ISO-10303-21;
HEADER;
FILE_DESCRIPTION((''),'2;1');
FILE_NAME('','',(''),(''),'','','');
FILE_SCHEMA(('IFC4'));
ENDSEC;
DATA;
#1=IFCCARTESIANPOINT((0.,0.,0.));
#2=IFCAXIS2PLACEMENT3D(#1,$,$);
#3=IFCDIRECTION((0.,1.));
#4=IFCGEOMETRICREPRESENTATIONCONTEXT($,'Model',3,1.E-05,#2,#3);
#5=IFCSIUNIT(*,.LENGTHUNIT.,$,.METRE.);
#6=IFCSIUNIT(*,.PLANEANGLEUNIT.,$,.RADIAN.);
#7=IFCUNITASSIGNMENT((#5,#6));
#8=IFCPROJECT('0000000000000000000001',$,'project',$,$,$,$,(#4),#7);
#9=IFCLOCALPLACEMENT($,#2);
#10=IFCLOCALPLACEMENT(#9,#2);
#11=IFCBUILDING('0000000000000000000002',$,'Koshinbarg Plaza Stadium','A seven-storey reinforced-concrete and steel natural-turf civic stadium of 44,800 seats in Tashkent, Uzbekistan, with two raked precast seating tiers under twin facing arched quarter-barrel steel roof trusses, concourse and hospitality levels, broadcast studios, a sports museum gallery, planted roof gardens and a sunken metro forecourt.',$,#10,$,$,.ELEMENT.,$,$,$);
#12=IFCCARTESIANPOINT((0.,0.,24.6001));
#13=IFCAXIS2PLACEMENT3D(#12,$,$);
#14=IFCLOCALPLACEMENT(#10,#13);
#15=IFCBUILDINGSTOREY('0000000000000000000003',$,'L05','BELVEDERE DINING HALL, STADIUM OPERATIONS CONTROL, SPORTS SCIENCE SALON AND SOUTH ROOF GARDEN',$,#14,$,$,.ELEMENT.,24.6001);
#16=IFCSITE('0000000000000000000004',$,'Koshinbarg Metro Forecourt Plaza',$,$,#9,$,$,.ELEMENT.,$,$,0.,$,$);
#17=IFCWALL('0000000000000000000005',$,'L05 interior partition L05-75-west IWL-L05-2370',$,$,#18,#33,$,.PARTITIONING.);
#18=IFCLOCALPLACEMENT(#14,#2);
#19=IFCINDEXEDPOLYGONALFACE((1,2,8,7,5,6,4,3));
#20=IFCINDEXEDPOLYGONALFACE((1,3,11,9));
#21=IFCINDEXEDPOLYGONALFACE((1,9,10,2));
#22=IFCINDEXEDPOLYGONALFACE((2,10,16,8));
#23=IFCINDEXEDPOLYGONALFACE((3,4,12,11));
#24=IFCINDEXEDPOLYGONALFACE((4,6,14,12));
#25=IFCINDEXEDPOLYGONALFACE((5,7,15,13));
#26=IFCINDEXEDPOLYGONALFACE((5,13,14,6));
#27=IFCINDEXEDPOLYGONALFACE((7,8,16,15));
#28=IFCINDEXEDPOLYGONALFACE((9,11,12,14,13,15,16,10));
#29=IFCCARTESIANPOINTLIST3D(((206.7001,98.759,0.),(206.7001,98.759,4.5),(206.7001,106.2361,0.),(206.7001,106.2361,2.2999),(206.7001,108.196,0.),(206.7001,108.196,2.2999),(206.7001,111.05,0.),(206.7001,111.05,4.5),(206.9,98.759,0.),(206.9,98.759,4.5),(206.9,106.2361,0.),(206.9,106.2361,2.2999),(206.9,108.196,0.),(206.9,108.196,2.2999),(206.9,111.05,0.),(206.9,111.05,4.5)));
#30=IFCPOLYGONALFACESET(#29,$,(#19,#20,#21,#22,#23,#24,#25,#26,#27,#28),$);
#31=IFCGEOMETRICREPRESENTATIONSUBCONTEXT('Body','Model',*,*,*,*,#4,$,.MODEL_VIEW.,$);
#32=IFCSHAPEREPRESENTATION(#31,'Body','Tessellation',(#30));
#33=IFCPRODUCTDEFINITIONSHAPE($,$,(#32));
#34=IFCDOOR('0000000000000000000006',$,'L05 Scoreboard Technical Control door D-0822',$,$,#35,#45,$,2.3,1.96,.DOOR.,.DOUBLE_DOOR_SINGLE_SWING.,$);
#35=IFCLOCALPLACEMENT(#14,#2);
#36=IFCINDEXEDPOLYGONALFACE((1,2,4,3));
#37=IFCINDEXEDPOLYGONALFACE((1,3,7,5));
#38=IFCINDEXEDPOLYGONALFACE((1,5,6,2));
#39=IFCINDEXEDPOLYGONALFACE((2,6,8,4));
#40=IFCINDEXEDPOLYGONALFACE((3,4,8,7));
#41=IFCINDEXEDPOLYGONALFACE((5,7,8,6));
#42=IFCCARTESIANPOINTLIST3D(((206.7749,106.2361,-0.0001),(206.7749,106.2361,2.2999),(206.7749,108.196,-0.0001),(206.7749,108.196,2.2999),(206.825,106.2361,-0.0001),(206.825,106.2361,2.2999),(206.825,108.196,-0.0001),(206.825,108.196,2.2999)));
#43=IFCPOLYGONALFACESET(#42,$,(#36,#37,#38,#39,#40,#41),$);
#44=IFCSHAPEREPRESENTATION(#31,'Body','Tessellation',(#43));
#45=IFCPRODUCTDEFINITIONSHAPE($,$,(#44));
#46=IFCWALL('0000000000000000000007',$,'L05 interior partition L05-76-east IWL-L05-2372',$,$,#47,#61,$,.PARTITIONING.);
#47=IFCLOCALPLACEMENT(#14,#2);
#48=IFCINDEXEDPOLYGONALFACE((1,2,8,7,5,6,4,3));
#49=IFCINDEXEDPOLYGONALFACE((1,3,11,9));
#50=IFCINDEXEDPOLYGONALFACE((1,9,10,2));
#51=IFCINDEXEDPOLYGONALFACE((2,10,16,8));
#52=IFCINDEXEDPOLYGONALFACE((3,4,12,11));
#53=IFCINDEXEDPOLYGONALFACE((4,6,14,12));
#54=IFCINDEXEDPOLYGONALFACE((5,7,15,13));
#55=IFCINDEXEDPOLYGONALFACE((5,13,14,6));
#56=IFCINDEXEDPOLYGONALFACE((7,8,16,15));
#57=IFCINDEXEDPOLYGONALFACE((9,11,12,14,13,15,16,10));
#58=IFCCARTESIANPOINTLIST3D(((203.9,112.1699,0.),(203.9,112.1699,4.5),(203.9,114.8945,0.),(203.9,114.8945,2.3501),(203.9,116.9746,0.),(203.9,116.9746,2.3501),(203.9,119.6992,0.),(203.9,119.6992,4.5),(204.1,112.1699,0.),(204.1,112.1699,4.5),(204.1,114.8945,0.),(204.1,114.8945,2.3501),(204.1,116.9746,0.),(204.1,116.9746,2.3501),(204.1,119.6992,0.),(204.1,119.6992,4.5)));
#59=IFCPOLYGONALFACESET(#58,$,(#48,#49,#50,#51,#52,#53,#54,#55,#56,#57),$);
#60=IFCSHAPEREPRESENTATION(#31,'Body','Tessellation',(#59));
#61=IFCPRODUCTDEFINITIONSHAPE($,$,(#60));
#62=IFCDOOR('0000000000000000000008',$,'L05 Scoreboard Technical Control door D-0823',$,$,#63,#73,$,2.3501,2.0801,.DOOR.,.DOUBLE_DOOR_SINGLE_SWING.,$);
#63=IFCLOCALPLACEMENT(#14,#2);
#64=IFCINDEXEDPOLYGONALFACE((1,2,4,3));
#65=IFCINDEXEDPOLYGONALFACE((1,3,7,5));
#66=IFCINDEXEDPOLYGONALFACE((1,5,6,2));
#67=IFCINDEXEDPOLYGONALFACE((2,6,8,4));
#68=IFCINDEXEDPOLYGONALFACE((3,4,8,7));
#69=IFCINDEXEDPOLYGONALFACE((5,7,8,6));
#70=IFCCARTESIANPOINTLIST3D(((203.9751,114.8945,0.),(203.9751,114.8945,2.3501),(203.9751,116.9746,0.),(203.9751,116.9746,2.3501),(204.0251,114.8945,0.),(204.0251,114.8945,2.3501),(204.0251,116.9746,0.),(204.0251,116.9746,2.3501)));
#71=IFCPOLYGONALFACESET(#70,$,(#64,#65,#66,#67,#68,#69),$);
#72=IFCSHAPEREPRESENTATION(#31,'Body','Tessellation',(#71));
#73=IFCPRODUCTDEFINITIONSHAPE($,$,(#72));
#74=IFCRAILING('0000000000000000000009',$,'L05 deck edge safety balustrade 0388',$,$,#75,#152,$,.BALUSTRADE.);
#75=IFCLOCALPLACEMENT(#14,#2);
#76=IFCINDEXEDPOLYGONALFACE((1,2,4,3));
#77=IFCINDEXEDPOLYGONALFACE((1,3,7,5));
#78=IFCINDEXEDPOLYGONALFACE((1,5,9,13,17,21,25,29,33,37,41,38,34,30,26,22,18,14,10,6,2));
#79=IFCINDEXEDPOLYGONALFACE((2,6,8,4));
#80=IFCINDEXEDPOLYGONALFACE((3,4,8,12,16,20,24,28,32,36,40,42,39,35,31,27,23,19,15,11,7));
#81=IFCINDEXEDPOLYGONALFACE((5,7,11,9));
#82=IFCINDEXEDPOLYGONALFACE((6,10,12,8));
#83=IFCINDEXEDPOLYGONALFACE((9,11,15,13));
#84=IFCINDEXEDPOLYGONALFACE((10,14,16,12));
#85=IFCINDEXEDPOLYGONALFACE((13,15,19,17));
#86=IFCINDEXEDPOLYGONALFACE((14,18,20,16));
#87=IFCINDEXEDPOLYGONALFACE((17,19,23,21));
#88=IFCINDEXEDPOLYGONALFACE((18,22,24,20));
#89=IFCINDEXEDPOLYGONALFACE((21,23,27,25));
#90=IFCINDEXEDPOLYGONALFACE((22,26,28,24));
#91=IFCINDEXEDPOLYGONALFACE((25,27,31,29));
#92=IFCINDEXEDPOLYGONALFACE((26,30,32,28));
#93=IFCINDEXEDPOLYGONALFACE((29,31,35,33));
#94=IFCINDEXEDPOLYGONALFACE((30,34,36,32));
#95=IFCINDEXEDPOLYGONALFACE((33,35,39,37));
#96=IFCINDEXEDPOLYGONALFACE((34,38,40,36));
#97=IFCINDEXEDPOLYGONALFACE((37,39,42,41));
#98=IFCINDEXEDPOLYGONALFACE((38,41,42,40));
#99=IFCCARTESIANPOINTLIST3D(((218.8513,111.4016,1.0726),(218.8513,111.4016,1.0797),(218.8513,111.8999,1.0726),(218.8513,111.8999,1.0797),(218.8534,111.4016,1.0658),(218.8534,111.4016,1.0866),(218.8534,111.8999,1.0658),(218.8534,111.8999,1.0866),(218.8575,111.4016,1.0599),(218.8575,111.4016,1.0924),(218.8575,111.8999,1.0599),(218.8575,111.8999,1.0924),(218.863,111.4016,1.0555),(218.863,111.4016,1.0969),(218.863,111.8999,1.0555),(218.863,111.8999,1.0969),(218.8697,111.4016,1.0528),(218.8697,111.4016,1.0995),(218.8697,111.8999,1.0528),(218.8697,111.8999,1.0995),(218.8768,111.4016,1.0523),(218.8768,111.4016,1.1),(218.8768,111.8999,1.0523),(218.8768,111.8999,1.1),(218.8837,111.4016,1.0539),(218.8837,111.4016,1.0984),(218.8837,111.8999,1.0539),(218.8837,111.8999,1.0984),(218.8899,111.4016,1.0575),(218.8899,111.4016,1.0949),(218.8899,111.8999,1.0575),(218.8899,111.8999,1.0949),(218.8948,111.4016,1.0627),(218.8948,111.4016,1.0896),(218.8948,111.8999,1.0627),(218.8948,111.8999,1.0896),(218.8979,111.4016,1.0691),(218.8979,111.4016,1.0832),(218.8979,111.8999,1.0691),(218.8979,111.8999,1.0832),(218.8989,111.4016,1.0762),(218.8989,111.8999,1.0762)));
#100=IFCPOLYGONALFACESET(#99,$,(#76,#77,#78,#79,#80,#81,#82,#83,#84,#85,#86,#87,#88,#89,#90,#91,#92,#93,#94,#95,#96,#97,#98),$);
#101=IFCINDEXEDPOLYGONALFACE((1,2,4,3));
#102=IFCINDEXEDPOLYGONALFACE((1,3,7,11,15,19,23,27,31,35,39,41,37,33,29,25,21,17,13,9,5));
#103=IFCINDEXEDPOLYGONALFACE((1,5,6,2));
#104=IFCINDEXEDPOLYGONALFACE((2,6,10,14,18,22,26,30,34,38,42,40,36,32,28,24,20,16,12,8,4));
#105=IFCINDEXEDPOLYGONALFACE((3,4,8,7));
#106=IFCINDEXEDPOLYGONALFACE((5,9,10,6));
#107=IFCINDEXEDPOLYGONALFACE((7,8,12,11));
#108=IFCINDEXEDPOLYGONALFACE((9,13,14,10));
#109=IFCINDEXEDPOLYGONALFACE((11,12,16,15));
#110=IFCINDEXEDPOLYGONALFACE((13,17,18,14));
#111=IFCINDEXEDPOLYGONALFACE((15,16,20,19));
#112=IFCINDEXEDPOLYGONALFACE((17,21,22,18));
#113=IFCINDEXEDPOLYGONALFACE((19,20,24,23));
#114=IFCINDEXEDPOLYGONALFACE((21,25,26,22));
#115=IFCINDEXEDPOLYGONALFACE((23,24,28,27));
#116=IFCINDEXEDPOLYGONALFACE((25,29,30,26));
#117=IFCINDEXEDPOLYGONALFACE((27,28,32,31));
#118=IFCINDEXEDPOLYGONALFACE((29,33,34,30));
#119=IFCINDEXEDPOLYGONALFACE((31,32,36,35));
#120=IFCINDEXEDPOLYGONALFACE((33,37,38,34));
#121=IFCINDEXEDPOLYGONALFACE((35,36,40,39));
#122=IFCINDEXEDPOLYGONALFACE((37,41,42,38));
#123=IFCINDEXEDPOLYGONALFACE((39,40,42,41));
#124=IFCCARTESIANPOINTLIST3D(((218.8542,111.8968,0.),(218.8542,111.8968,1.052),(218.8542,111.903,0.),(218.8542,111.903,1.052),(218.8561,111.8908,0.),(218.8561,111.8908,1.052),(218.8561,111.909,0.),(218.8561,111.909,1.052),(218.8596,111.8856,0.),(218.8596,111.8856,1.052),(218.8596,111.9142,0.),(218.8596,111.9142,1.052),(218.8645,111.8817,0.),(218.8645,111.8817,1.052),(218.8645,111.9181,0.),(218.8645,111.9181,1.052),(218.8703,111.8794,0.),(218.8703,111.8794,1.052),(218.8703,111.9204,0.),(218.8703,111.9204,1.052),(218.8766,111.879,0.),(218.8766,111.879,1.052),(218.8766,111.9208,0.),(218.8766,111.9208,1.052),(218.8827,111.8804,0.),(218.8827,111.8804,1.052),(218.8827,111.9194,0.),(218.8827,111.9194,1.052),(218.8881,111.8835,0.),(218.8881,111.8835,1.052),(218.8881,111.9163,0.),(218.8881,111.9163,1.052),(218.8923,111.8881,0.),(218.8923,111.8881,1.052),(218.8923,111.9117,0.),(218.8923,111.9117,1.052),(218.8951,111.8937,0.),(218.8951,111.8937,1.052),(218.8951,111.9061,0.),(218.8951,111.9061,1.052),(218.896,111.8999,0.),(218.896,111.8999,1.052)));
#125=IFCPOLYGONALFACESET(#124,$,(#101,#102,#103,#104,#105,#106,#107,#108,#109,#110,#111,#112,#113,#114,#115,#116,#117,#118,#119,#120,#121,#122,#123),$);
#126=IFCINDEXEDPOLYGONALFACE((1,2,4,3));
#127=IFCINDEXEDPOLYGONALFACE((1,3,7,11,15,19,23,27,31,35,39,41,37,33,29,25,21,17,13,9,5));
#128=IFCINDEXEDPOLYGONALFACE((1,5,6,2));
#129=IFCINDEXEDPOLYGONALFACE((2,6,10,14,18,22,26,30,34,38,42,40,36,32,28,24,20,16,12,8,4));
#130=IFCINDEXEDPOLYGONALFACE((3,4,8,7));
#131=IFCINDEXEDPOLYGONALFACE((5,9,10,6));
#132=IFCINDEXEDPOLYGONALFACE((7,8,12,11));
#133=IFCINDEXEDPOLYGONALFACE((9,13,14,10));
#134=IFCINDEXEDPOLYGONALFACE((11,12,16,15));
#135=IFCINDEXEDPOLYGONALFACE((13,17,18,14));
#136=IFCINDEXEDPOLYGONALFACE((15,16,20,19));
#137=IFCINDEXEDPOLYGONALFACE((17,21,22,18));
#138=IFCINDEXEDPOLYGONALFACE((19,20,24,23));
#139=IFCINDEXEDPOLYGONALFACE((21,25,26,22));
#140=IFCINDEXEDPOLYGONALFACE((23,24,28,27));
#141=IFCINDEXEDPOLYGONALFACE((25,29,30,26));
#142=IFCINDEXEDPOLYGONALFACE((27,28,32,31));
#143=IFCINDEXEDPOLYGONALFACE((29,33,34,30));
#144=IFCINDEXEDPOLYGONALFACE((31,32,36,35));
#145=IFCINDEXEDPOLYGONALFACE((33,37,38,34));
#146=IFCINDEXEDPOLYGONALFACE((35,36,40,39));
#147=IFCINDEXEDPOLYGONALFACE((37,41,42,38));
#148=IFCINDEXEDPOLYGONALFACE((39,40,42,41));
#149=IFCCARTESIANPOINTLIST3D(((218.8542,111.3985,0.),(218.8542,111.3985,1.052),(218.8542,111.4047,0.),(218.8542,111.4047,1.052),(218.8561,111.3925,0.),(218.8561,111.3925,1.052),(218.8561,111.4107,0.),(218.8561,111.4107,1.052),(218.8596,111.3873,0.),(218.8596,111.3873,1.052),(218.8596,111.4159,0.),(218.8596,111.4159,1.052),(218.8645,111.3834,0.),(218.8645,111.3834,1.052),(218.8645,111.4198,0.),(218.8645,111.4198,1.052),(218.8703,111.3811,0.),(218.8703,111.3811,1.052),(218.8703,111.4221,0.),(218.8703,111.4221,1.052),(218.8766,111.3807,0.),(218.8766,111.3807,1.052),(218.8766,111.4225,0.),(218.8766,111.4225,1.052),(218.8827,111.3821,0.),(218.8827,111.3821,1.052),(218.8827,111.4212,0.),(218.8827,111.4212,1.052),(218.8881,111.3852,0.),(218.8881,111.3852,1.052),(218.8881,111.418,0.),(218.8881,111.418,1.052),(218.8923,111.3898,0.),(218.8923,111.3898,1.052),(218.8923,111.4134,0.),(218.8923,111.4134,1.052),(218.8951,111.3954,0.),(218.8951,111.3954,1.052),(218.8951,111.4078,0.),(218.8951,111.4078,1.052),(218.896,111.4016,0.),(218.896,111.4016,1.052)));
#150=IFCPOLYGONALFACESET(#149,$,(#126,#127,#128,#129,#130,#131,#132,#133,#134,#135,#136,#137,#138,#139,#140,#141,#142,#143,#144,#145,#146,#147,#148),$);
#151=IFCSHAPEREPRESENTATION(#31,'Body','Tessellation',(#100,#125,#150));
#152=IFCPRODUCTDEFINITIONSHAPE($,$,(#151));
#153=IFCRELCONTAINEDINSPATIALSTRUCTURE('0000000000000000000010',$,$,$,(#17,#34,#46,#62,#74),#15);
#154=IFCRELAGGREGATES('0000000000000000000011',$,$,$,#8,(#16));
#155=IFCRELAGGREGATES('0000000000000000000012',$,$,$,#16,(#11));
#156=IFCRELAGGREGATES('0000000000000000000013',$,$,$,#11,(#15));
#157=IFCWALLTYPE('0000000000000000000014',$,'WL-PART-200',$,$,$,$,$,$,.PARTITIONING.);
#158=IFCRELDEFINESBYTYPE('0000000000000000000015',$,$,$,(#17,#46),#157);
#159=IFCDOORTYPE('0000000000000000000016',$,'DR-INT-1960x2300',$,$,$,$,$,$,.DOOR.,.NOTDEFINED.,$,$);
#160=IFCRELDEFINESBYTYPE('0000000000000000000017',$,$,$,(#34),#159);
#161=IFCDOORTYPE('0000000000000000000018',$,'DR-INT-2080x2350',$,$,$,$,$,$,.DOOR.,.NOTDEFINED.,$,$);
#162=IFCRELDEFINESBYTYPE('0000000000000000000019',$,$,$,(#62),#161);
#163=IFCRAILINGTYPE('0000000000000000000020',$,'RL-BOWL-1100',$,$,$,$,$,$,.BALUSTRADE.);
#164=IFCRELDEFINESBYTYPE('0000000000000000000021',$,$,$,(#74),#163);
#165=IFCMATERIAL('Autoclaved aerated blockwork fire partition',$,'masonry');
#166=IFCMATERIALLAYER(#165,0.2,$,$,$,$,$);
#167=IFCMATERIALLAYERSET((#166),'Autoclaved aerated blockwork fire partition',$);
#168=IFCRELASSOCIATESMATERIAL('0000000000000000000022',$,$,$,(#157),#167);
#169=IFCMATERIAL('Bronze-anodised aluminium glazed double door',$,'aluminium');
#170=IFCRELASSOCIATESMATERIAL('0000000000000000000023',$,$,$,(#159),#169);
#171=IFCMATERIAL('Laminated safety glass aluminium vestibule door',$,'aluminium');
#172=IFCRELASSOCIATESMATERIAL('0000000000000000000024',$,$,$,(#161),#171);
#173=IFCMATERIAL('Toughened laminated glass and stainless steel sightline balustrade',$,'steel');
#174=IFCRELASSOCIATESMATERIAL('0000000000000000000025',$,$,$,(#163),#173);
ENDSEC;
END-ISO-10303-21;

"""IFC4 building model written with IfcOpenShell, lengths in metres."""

from ifc_helpers import new_model, si_unit, direction, frame, frame_2d, origin, origin_2d, place, context, subcontext, project, spatial, rectangle, circle, extrude, material, layer, layer_set, type_object, element, fill, save


model = new_model("IFC4")

# Units and contexts
model_context = context("Model", 3, precision=1e-05, world=origin(), true_north=direction((0.0, 1.0)))
body_context = subcontext(model_context, "Body", "Model", "MODEL_VIEW")
ifc_project = project(units=[si_unit("LENGTHUNIT", "METRE"), si_unit("PLANEANGLEUNIT", "RADIAN")], contexts=[model_context])

# Site, building, storey
site_placement = place(None, origin())
site = spatial("IfcSite", under=ifc_project, at=site_placement, Name="Koshinbarg Metro Forecourt Plaza", CompositionType="ELEMENT", RefElevation=0.0)
building_placement = place(site_placement, origin())
building = spatial("IfcBuilding", under=site, at=building_placement, Name="Koshinbarg Plaza Stadium", Description="A seven-storey reinforced-concrete and steel natural-turf civic stadium of 44,800 seats in Tashkent, Uzbekistan, with two raked precast seating tiers under twin facing arched quarter-barrel steel roof trusses, concourse and hospitality levels, broadcast studios, a sports museum gallery, planted roof gardens and a sunken metro forecourt.", CompositionType="ELEMENT")
storey_placement = place(building_placement, frame((0.0, 0.0, 24.6001)))
storey = spatial("IfcBuildingStorey", under=building, at=storey_placement, Name="L05", Description="BELVEDERE DINING HALL, STADIUM OPERATIONS CONTROL, SPORTS SCIENCE SALON AND SOUTH ROOF GARDEN", CompositionType="ELEMENT", Elevation=24.6001)

# Shared definitions
ifc_material_1 = material(Name="Autoclaved aerated blockwork fire partition", Category="masonry")
ifc_layer_1 = layer(ifc_material_1, 0.2)
ifc_layer_set_1 = layer_set([ifc_layer_1], Name="Autoclaved aerated blockwork fire partition")
wall_type_1 = type_object("IfcWallType", Name="WL-PART-200", PredefinedType="PARTITIONING", material=ifc_layer_set_1)

# Walls, openings, doors
wall_1_placement = place(storey_placement, frame((206.8, 111.05, 0.0), z_axis=(0.0, 0.0, 1.0), x_axis=(0.0, -1.0, 0.0)))
wall_1 = element("IfcWall", 1, at=wall_1_placement, inside=storey, type_object=wall_type_1, Name="L05 interior partition L05-75-west IWL-L05-2370", PredefinedType="PARTITIONING", context=body_context, shape_type="SweptSolid", body=[
    extrude(rectangle(XDim=12.291, YDim=0.2, at=frame_2d((6.1455, 0.0))), origin(), (0.0, 0.0, 1.0), 4.5),
])
opening_1_placement = place(wall_1_placement, frame((2.854, 0.0, 0.0)))
opening_1 = element("IfcOpeningElement", 2, at=opening_1_placement, cuts=wall_1, PredefinedType="OPENING", context=body_context, shape_type="SweptSolid", body=[
    extrude(rectangle(XDim=1.96, YDim=2.3, at=frame_2d((0.98, 1.1499))), frame((0.0, 0.1099, 0.0), z_axis=(0.0, -1.0, 0.0), x_axis=(1.0, 0.0, 0.0)), (0.0, 0.0, 1.0), 0.22),
])
ifc_material_2 = material(Name="Bronze-anodised aluminium glazed double door", Category="aluminium")
door_type_1 = type_object("IfcDoorType", Name="DR-INT-1960x2300", OperationType="NOTDEFINED", PredefinedType="DOOR", material=ifc_material_2)
door_1_placement = place(opening_1_placement, origin())
door_1 = element("IfcDoor", 3, at=door_1_placement, inside=storey, type_object=door_type_1, Name="L05 Scoreboard Technical Control door D-0822", OperationType="DOUBLE_DOOR_SINGLE_SWING", OverallHeight=2.3, OverallWidth=1.96, PredefinedType="DOOR", context=body_context, shape_type="SweptSolid", body=[
    extrude(rectangle(XDim=1.96, YDim=2.3, at=frame_2d((0.98, 1.1499))), frame((0.0, 0.0249, 0.0), z_axis=(0.0, -1.0, 0.0), x_axis=(1.0, 0.0, 0.0)), (0.0, 0.0, 1.0), 0.05),
])
fill(opening_1, door_1)
wall_2_placement = place(storey_placement, frame((204.0, 112.1699, 0.0), z_axis=(0.0, 0.0, 1.0), x_axis=(0.0, 1.0, 0.0)))
wall_2 = element("IfcWall", 4, at=wall_2_placement, inside=storey, type_object=wall_type_1, Name="L05 interior partition L05-76-east IWL-L05-2372", PredefinedType="PARTITIONING", context=body_context, shape_type="SweptSolid", body=[
    extrude(rectangle(XDim=7.5293, YDim=0.2, at=frame_2d((3.7646, 0.0))), origin(), (0.0, 0.0, 1.0), 4.5),
])
opening_2_placement = place(wall_2_placement, frame((2.7246, 0.0, 0.0)))
opening_2 = element("IfcOpeningElement", 5, at=opening_2_placement, cuts=wall_2, PredefinedType="OPENING", context=body_context, shape_type="SweptSolid", body=[
    extrude(rectangle(XDim=2.0801, YDim=2.3501, at=frame_2d((1.04, 1.175))), frame((0.0, 0.1099, 0.0), z_axis=(0.0, -1.0, 0.0), x_axis=(1.0, 0.0, 0.0)), (0.0, 0.0, 1.0), 0.22),
])
ifc_material_3 = material(Name="Laminated safety glass aluminium vestibule door", Category="aluminium")
door_type_2 = type_object("IfcDoorType", Name="DR-INT-2080x2350", OperationType="NOTDEFINED", PredefinedType="DOOR", material=ifc_material_3)
door_2_placement = place(opening_2_placement, origin())
door_2 = element("IfcDoor", 6, at=door_2_placement, inside=storey, type_object=door_type_2, Name="L05 Scoreboard Technical Control door D-0823", OperationType="DOUBLE_DOOR_SINGLE_SWING", OverallHeight=2.3501, OverallWidth=2.0801, PredefinedType="DOOR", context=body_context, shape_type="SweptSolid", body=[
    extrude(rectangle(XDim=2.0801, YDim=2.3501, at=frame_2d((1.04, 1.175))), frame((0.0, 0.0249, 0.0), z_axis=(0.0, -1.0, 0.0), x_axis=(1.0, 0.0, 0.0)), (0.0, 0.0, 1.0), 0.05),
])
fill(opening_2, door_2)

# Railing
ifc_material_4 = material(Name="Toughened laminated glass and stainless steel sightline balustrade", Category="steel")
railing_type = type_object("IfcRailingType", Name="RL-BOWL-1100", PredefinedType="BALUSTRADE", material=ifc_material_4)
railing_1_placement = place(storey_placement, frame((218.875, 111.8999, 0.0)))
element("IfcRailing", 7, at=railing_1_placement, inside=storey, type_object=railing_type, Name="L05 deck edge safety balustrade 0388", PredefinedType="BALUSTRADE", context=body_context, shape_type="SweptSolid", body=[
    extrude(circle(Radius=0.0239, at=origin_2d()), frame((0.0, 0.0, 1.0762), z_axis=(0.0, -1.0, 0.0), x_axis=(1.0, 0.0, 0.0)), (0.0, 0.0, 1.0), 0.4983),
    extrude(circle(Radius=0.021, at=origin_2d()), origin(), (0.0, 0.0, 1.0), 1.052),
    extrude(circle(Radius=0.021, at=origin_2d()), frame((0.0, -0.4983, 0.0)), (0.0, 0.0, 1.0), 1.052),
])

save(model, "model.ifc")
